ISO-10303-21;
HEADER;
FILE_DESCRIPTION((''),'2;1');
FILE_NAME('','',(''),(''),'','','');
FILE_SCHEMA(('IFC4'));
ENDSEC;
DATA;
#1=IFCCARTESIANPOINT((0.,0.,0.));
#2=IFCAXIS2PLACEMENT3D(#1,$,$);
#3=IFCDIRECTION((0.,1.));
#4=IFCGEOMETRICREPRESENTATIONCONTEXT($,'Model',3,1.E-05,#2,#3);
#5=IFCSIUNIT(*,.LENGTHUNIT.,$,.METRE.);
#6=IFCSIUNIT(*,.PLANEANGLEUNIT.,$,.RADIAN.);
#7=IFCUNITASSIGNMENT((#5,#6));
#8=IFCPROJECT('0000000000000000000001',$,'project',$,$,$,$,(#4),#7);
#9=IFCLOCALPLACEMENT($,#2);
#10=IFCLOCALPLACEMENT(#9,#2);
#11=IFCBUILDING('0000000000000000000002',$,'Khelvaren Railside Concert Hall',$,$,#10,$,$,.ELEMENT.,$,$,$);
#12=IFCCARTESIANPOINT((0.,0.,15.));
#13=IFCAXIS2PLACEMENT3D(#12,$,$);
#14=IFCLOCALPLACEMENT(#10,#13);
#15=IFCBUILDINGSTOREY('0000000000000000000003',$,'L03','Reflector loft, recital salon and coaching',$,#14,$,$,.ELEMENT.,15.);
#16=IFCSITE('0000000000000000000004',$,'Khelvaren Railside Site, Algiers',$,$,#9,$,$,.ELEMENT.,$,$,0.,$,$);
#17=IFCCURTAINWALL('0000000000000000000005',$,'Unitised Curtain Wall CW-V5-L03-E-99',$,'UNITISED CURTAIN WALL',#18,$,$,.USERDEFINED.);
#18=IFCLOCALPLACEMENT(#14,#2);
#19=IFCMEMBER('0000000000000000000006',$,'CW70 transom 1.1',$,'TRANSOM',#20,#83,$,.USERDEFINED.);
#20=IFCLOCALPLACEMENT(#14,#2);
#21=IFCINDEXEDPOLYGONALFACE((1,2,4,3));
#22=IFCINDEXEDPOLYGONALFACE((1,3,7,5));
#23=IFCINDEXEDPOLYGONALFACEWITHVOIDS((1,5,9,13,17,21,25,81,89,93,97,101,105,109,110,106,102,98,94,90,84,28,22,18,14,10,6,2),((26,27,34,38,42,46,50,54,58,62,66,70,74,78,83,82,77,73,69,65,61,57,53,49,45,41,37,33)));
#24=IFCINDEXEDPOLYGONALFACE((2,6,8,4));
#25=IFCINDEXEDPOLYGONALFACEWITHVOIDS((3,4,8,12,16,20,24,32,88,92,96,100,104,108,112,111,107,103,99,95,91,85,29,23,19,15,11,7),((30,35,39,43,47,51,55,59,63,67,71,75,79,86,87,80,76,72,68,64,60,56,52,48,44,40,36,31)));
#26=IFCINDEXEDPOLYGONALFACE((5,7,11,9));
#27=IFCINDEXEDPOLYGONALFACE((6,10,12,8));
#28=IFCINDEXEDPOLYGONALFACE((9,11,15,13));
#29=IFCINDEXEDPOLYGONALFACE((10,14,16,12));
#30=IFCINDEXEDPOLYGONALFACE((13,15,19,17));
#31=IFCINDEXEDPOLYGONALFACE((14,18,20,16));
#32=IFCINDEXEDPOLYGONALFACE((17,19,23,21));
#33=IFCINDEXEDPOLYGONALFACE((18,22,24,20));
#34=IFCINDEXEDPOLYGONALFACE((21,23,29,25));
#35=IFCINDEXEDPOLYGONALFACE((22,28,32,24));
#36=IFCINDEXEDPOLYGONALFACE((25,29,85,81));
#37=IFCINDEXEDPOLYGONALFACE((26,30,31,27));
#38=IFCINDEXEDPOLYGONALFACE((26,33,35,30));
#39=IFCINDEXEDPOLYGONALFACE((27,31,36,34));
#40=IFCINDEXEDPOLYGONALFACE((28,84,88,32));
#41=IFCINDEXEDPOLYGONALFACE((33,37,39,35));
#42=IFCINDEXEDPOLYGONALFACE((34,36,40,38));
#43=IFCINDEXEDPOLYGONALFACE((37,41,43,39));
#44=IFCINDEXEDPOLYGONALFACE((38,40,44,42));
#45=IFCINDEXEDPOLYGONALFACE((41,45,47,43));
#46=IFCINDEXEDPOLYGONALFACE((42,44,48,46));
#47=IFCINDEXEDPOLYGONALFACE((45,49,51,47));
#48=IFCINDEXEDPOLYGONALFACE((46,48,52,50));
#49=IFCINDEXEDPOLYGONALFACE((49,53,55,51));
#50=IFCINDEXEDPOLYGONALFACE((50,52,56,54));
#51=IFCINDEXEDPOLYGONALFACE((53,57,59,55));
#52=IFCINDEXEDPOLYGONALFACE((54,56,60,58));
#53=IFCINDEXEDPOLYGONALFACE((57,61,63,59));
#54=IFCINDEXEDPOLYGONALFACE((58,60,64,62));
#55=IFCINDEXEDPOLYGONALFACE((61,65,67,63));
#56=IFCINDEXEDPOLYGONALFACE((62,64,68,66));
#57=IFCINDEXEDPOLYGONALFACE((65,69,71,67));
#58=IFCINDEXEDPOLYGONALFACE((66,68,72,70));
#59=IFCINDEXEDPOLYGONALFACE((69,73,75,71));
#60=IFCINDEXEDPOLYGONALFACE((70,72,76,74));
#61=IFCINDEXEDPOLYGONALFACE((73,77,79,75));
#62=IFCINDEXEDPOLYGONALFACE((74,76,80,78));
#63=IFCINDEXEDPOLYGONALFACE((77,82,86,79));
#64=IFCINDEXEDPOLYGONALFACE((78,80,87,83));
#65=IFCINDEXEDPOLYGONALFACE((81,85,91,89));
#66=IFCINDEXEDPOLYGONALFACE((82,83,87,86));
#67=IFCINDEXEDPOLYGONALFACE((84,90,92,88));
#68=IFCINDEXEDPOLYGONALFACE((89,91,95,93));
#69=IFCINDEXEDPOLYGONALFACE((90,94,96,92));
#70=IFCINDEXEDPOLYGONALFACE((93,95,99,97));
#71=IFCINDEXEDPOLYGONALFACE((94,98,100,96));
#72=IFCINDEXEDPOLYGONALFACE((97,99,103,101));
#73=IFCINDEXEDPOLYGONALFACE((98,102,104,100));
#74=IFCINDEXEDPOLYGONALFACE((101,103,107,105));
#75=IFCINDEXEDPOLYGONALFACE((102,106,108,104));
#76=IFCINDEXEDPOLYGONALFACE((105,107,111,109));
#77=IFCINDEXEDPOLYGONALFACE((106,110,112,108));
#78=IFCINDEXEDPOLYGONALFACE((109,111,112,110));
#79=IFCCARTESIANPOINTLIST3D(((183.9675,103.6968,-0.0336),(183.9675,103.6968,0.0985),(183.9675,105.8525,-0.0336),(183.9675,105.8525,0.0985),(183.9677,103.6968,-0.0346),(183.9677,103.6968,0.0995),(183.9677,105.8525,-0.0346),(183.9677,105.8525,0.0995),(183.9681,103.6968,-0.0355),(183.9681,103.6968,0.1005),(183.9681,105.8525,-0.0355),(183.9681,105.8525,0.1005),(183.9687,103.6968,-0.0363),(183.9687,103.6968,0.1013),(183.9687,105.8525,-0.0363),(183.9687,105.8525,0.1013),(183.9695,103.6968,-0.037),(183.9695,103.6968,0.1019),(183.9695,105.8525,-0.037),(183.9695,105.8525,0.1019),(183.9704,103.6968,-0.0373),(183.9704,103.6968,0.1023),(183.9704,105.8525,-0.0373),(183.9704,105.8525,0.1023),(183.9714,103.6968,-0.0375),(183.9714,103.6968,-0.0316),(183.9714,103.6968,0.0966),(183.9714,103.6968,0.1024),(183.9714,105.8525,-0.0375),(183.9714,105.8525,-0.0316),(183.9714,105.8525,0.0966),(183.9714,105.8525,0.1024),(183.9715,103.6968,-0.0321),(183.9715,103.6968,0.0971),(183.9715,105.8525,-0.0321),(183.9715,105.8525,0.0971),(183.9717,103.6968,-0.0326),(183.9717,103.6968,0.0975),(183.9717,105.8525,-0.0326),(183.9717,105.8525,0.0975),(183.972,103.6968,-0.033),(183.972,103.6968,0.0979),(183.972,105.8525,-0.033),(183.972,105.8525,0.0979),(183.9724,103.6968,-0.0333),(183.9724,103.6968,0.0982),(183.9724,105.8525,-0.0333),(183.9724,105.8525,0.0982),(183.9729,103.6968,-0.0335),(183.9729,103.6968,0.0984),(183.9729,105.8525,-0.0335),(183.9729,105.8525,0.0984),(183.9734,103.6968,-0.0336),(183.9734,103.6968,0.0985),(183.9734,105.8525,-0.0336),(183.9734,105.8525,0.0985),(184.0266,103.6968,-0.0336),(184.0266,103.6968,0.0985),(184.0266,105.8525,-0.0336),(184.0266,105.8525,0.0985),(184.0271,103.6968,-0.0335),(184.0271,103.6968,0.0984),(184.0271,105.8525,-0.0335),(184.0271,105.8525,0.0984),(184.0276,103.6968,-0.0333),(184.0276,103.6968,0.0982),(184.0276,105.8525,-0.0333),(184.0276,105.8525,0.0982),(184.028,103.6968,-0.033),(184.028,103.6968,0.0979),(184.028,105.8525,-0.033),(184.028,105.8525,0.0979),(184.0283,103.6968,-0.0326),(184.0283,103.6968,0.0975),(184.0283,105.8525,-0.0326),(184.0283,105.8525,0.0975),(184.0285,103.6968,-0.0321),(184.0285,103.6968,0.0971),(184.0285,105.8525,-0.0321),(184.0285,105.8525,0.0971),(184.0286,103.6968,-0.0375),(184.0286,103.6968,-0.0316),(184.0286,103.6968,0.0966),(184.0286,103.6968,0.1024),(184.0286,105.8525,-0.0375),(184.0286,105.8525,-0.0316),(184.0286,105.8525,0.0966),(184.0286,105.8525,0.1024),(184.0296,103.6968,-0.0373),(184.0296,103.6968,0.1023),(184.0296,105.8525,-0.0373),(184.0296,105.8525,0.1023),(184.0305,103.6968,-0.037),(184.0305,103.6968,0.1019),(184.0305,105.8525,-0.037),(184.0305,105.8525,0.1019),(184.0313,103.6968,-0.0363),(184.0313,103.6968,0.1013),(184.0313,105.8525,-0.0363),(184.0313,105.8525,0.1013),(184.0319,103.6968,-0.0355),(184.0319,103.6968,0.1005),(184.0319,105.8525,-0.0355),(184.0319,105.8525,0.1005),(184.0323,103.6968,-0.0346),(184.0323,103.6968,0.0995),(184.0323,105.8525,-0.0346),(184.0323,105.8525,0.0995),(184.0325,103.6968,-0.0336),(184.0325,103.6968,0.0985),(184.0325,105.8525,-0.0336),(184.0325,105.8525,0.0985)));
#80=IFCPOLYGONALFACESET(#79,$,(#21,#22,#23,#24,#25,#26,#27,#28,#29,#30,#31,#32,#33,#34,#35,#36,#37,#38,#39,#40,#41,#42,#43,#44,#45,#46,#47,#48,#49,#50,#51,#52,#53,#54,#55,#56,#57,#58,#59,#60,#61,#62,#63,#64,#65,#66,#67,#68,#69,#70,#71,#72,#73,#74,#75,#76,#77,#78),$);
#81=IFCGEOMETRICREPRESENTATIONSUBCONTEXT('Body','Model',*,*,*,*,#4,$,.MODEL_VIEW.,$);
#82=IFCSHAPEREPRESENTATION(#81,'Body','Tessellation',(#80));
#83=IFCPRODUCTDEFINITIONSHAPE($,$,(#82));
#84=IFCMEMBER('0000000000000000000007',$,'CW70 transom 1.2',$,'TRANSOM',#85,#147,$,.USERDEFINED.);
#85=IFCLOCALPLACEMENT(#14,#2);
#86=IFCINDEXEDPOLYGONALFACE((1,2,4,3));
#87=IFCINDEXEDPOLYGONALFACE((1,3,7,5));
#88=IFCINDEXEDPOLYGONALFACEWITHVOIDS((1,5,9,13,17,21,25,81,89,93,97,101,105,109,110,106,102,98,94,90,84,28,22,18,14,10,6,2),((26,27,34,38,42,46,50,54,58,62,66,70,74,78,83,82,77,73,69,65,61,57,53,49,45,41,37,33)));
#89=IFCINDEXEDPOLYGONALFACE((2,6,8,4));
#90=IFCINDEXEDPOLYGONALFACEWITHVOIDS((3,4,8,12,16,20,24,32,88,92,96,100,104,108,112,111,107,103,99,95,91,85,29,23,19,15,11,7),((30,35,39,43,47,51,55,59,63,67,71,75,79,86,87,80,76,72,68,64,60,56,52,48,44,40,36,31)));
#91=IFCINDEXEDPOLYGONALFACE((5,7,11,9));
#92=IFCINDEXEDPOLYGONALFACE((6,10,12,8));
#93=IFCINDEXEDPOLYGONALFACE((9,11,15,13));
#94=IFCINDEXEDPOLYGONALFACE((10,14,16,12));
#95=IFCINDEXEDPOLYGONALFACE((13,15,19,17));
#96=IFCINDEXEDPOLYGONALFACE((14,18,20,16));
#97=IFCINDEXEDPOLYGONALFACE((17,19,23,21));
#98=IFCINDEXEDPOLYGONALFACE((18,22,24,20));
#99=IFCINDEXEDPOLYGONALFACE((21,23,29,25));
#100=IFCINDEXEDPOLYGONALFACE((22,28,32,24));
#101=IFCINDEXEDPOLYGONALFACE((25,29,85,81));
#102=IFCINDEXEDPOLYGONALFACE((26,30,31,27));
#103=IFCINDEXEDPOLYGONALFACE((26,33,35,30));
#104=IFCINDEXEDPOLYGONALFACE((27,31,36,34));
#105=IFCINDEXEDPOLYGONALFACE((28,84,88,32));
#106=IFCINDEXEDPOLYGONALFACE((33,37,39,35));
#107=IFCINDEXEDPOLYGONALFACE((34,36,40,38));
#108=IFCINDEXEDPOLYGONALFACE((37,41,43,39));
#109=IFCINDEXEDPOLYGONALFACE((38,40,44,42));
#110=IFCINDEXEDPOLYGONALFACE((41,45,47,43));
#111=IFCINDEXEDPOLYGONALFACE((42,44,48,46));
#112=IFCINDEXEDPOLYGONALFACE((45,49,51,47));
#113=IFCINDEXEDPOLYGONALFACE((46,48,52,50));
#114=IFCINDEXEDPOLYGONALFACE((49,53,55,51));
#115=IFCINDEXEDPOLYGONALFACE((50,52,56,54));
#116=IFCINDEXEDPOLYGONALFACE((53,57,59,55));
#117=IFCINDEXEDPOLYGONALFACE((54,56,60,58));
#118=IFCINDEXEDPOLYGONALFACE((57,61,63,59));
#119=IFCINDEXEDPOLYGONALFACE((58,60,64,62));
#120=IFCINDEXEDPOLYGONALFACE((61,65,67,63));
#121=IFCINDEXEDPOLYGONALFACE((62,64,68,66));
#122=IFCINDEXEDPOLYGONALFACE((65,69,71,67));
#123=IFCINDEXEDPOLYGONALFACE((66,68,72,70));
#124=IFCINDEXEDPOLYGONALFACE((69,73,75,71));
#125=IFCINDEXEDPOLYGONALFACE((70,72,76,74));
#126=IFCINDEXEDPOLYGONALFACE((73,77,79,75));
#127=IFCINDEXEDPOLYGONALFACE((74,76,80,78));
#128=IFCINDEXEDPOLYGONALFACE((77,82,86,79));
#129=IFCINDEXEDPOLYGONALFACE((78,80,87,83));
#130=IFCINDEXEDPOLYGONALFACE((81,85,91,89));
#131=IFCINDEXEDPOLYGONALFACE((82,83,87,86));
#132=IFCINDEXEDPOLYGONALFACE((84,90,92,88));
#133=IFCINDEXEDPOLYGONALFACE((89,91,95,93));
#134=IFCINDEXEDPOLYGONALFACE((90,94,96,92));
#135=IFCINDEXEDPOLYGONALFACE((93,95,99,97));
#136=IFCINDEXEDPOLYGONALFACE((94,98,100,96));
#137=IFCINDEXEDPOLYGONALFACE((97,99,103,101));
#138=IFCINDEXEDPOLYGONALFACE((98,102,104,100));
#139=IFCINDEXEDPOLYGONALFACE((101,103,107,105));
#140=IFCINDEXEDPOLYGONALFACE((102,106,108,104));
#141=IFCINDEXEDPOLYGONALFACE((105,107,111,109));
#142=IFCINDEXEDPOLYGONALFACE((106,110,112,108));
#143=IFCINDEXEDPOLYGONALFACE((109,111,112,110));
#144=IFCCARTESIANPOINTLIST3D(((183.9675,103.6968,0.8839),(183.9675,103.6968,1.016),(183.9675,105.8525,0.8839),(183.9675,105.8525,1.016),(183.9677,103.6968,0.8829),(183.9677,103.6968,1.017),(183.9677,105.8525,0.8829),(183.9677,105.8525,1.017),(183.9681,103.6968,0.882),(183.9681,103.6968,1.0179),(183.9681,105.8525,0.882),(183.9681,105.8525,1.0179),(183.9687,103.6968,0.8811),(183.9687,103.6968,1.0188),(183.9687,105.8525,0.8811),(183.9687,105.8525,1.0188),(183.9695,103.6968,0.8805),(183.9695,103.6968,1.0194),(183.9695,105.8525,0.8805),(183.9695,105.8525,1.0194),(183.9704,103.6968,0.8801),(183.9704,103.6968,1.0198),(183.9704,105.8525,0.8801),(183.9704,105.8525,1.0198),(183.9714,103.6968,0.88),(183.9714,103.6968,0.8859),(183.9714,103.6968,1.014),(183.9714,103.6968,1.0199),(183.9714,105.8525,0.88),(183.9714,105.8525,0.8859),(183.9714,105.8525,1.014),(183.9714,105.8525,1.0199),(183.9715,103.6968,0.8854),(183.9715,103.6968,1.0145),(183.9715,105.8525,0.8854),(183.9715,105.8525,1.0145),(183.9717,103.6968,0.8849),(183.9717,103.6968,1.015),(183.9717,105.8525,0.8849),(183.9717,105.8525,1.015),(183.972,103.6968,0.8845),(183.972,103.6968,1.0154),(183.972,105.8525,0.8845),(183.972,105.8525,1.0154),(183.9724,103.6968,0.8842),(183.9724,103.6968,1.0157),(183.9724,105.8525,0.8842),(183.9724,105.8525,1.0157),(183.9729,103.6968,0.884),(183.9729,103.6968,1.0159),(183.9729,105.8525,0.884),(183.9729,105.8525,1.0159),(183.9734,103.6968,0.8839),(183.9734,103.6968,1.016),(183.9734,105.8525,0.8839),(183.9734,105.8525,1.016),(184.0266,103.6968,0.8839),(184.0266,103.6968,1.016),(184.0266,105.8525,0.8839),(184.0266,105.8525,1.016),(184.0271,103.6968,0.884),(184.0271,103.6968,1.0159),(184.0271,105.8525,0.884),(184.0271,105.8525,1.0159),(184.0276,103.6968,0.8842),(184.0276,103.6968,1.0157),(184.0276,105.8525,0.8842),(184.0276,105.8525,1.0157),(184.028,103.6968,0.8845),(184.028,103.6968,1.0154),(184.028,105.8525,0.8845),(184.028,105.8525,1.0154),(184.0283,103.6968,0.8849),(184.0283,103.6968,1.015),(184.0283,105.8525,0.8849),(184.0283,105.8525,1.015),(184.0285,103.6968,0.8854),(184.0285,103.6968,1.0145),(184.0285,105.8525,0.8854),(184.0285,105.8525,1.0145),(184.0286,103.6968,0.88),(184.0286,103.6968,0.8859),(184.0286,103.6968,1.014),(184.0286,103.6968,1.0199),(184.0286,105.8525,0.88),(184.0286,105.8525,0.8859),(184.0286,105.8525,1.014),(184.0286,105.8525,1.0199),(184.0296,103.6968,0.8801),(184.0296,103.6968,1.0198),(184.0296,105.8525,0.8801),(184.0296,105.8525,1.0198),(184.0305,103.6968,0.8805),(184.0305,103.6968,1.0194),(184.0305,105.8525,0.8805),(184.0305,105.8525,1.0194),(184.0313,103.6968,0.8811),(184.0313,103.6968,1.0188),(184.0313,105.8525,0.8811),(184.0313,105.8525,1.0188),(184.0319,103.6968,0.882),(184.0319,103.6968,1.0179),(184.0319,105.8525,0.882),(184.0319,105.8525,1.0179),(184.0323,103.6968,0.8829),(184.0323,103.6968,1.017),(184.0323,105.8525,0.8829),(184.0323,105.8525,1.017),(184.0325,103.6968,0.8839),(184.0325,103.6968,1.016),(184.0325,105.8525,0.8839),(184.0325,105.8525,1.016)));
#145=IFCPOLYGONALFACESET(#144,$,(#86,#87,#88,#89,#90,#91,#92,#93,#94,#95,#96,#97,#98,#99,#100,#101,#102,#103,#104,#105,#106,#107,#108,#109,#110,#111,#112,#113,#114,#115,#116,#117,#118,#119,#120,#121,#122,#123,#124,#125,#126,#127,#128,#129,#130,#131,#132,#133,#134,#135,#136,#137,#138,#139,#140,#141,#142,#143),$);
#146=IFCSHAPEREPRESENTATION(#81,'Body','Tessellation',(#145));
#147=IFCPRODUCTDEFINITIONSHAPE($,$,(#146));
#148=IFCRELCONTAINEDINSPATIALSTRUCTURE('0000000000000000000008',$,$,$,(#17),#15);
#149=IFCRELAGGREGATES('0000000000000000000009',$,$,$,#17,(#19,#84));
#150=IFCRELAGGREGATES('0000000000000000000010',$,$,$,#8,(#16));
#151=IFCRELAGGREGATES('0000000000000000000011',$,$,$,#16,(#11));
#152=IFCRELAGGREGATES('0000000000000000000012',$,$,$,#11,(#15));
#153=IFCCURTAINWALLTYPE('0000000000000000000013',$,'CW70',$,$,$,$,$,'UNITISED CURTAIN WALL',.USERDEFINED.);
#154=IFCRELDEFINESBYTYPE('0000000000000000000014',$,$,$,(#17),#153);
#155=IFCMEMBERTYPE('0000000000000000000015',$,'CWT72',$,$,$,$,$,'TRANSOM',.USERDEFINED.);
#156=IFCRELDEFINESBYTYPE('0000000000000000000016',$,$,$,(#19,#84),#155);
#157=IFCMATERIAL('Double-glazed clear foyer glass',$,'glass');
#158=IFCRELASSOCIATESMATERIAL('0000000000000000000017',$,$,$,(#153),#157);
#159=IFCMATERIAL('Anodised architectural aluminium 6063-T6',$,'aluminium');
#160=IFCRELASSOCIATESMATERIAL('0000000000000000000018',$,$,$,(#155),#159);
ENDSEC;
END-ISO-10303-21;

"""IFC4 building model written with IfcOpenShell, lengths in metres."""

from ifc_helpers import new_model, si_unit, direction, frame, origin, origin_2d, place, context, subcontext, project, spatial, hollow_rectangle, extrude, material, material_profile, profile_set, type_object, element, aggregate, save


model = new_model("IFC4")

# Units and contexts
model_context = context("Model", 3, precision=1e-05, world=origin(), true_north=direction((0.0, 1.0)))
body_context = subcontext(model_context, "Body", "Model", "MODEL_VIEW")
ifc_project = project(units=[si_unit("LENGTHUNIT", "METRE"), si_unit("PLANEANGLEUNIT", "RADIAN")], contexts=[model_context])

# Site, building, storey
site_placement = place(None, origin())
site = spatial("IfcSite", under=ifc_project, at=site_placement, Name="Khelvaren Railside Site, Algiers", CompositionType="ELEMENT", RefElevation=0.0)
building_placement = place(site_placement, origin())
building = spatial("IfcBuilding", under=site, at=building_placement, Name="Khelvaren Railside Concert Hall", CompositionType="ELEMENT")
storey_placement = place(building_placement, frame((0.0, 0.0, 15.0)))
storey = spatial("IfcBuildingStorey", under=building, at=storey_placement, Name="L03", Description="Reflector loft, recital salon and coaching", CompositionType="ELEMENT", Elevation=15.0)

# Curtain wall
ifc_material_1 = material(Name="Double-glazed clear foyer glass", Category="glass")
curtain_wall_type_1 = type_object("IfcCurtainWallType", Name="CW70", ElementType="UNITISED CURTAIN WALL", PredefinedType="USERDEFINED", material=ifc_material_1)
curtain_wall_1_placement = place(storey_placement, origin())
curtain_wall_1 = element("IfcCurtainWall", 1, at=curtain_wall_1_placement, inside=storey, type_object=curtain_wall_type_1, Name="Unitised Curtain Wall CW-V5-L03-E-99", ObjectType="UNITISED CURTAIN WALL", PredefinedType="USERDEFINED")
ifc_material_2 = material(Name="Anodised architectural aluminium 6063-T6", Category="aluminium")

# Members
ifc_material_profile_1 = material_profile(ifc_material_2, hollow_rectangle(XDim=0.0649, YDim=0.1399, WallThickness=0.0039, InnerFilletRadius=0.002, OuterFilletRadius=0.0039, at=origin_2d()), Name="CWT 65x140x4")
ifc_profile_set_1 = profile_set([ifc_material_profile_1], Name="Anodised architectural aluminium 6063-T6")
member_type_1 = type_object("IfcMemberType", Name="CWT72", ElementType="TRANSOM", PredefinedType="USERDEFINED", material=ifc_profile_set_1)
member_1_placement = place(storey_placement, frame((184.0, 105.8525, 0.0325), z_axis=(0.0, -1.0, 0.0), x_axis=(1.0, 0.0, 0.0)))
member_1 = element("IfcMember", 2, at=member_1_placement, type_object=member_type_1, Name="CW70 transom 1.1", ObjectType="TRANSOM", PredefinedType="USERDEFINED", context=body_context, shape_type="SweptSolid", body=[
    extrude(hollow_rectangle(XDim=0.0649, YDim=0.1399, WallThickness=0.0039, InnerFilletRadius=0.002, OuterFilletRadius=0.0039, at=origin_2d()), origin(), (0.0, 0.0, 1.0), 2.1558),
])
member_2_placement = place(storey_placement, frame((184.0, 105.8525, 0.95), z_axis=(0.0, -1.0, 0.0), x_axis=(1.0, 0.0, 0.0)))
member_2 = element("IfcMember", 3, at=member_2_placement, type_object=member_type_1, Name="CW70 transom 1.2", ObjectType="TRANSOM", PredefinedType="USERDEFINED", context=body_context, shape_type="SweptSolid", body=[
    extrude(hollow_rectangle(XDim=0.0649, YDim=0.1399, WallThickness=0.0039, InnerFilletRadius=0.002, OuterFilletRadius=0.0039, at=origin_2d()), origin(), (0.0, 0.0, 1.0), 2.1558),
])

aggregate(curtain_wall_1, [member_1, member_2])

save(model, "model.ifc")
